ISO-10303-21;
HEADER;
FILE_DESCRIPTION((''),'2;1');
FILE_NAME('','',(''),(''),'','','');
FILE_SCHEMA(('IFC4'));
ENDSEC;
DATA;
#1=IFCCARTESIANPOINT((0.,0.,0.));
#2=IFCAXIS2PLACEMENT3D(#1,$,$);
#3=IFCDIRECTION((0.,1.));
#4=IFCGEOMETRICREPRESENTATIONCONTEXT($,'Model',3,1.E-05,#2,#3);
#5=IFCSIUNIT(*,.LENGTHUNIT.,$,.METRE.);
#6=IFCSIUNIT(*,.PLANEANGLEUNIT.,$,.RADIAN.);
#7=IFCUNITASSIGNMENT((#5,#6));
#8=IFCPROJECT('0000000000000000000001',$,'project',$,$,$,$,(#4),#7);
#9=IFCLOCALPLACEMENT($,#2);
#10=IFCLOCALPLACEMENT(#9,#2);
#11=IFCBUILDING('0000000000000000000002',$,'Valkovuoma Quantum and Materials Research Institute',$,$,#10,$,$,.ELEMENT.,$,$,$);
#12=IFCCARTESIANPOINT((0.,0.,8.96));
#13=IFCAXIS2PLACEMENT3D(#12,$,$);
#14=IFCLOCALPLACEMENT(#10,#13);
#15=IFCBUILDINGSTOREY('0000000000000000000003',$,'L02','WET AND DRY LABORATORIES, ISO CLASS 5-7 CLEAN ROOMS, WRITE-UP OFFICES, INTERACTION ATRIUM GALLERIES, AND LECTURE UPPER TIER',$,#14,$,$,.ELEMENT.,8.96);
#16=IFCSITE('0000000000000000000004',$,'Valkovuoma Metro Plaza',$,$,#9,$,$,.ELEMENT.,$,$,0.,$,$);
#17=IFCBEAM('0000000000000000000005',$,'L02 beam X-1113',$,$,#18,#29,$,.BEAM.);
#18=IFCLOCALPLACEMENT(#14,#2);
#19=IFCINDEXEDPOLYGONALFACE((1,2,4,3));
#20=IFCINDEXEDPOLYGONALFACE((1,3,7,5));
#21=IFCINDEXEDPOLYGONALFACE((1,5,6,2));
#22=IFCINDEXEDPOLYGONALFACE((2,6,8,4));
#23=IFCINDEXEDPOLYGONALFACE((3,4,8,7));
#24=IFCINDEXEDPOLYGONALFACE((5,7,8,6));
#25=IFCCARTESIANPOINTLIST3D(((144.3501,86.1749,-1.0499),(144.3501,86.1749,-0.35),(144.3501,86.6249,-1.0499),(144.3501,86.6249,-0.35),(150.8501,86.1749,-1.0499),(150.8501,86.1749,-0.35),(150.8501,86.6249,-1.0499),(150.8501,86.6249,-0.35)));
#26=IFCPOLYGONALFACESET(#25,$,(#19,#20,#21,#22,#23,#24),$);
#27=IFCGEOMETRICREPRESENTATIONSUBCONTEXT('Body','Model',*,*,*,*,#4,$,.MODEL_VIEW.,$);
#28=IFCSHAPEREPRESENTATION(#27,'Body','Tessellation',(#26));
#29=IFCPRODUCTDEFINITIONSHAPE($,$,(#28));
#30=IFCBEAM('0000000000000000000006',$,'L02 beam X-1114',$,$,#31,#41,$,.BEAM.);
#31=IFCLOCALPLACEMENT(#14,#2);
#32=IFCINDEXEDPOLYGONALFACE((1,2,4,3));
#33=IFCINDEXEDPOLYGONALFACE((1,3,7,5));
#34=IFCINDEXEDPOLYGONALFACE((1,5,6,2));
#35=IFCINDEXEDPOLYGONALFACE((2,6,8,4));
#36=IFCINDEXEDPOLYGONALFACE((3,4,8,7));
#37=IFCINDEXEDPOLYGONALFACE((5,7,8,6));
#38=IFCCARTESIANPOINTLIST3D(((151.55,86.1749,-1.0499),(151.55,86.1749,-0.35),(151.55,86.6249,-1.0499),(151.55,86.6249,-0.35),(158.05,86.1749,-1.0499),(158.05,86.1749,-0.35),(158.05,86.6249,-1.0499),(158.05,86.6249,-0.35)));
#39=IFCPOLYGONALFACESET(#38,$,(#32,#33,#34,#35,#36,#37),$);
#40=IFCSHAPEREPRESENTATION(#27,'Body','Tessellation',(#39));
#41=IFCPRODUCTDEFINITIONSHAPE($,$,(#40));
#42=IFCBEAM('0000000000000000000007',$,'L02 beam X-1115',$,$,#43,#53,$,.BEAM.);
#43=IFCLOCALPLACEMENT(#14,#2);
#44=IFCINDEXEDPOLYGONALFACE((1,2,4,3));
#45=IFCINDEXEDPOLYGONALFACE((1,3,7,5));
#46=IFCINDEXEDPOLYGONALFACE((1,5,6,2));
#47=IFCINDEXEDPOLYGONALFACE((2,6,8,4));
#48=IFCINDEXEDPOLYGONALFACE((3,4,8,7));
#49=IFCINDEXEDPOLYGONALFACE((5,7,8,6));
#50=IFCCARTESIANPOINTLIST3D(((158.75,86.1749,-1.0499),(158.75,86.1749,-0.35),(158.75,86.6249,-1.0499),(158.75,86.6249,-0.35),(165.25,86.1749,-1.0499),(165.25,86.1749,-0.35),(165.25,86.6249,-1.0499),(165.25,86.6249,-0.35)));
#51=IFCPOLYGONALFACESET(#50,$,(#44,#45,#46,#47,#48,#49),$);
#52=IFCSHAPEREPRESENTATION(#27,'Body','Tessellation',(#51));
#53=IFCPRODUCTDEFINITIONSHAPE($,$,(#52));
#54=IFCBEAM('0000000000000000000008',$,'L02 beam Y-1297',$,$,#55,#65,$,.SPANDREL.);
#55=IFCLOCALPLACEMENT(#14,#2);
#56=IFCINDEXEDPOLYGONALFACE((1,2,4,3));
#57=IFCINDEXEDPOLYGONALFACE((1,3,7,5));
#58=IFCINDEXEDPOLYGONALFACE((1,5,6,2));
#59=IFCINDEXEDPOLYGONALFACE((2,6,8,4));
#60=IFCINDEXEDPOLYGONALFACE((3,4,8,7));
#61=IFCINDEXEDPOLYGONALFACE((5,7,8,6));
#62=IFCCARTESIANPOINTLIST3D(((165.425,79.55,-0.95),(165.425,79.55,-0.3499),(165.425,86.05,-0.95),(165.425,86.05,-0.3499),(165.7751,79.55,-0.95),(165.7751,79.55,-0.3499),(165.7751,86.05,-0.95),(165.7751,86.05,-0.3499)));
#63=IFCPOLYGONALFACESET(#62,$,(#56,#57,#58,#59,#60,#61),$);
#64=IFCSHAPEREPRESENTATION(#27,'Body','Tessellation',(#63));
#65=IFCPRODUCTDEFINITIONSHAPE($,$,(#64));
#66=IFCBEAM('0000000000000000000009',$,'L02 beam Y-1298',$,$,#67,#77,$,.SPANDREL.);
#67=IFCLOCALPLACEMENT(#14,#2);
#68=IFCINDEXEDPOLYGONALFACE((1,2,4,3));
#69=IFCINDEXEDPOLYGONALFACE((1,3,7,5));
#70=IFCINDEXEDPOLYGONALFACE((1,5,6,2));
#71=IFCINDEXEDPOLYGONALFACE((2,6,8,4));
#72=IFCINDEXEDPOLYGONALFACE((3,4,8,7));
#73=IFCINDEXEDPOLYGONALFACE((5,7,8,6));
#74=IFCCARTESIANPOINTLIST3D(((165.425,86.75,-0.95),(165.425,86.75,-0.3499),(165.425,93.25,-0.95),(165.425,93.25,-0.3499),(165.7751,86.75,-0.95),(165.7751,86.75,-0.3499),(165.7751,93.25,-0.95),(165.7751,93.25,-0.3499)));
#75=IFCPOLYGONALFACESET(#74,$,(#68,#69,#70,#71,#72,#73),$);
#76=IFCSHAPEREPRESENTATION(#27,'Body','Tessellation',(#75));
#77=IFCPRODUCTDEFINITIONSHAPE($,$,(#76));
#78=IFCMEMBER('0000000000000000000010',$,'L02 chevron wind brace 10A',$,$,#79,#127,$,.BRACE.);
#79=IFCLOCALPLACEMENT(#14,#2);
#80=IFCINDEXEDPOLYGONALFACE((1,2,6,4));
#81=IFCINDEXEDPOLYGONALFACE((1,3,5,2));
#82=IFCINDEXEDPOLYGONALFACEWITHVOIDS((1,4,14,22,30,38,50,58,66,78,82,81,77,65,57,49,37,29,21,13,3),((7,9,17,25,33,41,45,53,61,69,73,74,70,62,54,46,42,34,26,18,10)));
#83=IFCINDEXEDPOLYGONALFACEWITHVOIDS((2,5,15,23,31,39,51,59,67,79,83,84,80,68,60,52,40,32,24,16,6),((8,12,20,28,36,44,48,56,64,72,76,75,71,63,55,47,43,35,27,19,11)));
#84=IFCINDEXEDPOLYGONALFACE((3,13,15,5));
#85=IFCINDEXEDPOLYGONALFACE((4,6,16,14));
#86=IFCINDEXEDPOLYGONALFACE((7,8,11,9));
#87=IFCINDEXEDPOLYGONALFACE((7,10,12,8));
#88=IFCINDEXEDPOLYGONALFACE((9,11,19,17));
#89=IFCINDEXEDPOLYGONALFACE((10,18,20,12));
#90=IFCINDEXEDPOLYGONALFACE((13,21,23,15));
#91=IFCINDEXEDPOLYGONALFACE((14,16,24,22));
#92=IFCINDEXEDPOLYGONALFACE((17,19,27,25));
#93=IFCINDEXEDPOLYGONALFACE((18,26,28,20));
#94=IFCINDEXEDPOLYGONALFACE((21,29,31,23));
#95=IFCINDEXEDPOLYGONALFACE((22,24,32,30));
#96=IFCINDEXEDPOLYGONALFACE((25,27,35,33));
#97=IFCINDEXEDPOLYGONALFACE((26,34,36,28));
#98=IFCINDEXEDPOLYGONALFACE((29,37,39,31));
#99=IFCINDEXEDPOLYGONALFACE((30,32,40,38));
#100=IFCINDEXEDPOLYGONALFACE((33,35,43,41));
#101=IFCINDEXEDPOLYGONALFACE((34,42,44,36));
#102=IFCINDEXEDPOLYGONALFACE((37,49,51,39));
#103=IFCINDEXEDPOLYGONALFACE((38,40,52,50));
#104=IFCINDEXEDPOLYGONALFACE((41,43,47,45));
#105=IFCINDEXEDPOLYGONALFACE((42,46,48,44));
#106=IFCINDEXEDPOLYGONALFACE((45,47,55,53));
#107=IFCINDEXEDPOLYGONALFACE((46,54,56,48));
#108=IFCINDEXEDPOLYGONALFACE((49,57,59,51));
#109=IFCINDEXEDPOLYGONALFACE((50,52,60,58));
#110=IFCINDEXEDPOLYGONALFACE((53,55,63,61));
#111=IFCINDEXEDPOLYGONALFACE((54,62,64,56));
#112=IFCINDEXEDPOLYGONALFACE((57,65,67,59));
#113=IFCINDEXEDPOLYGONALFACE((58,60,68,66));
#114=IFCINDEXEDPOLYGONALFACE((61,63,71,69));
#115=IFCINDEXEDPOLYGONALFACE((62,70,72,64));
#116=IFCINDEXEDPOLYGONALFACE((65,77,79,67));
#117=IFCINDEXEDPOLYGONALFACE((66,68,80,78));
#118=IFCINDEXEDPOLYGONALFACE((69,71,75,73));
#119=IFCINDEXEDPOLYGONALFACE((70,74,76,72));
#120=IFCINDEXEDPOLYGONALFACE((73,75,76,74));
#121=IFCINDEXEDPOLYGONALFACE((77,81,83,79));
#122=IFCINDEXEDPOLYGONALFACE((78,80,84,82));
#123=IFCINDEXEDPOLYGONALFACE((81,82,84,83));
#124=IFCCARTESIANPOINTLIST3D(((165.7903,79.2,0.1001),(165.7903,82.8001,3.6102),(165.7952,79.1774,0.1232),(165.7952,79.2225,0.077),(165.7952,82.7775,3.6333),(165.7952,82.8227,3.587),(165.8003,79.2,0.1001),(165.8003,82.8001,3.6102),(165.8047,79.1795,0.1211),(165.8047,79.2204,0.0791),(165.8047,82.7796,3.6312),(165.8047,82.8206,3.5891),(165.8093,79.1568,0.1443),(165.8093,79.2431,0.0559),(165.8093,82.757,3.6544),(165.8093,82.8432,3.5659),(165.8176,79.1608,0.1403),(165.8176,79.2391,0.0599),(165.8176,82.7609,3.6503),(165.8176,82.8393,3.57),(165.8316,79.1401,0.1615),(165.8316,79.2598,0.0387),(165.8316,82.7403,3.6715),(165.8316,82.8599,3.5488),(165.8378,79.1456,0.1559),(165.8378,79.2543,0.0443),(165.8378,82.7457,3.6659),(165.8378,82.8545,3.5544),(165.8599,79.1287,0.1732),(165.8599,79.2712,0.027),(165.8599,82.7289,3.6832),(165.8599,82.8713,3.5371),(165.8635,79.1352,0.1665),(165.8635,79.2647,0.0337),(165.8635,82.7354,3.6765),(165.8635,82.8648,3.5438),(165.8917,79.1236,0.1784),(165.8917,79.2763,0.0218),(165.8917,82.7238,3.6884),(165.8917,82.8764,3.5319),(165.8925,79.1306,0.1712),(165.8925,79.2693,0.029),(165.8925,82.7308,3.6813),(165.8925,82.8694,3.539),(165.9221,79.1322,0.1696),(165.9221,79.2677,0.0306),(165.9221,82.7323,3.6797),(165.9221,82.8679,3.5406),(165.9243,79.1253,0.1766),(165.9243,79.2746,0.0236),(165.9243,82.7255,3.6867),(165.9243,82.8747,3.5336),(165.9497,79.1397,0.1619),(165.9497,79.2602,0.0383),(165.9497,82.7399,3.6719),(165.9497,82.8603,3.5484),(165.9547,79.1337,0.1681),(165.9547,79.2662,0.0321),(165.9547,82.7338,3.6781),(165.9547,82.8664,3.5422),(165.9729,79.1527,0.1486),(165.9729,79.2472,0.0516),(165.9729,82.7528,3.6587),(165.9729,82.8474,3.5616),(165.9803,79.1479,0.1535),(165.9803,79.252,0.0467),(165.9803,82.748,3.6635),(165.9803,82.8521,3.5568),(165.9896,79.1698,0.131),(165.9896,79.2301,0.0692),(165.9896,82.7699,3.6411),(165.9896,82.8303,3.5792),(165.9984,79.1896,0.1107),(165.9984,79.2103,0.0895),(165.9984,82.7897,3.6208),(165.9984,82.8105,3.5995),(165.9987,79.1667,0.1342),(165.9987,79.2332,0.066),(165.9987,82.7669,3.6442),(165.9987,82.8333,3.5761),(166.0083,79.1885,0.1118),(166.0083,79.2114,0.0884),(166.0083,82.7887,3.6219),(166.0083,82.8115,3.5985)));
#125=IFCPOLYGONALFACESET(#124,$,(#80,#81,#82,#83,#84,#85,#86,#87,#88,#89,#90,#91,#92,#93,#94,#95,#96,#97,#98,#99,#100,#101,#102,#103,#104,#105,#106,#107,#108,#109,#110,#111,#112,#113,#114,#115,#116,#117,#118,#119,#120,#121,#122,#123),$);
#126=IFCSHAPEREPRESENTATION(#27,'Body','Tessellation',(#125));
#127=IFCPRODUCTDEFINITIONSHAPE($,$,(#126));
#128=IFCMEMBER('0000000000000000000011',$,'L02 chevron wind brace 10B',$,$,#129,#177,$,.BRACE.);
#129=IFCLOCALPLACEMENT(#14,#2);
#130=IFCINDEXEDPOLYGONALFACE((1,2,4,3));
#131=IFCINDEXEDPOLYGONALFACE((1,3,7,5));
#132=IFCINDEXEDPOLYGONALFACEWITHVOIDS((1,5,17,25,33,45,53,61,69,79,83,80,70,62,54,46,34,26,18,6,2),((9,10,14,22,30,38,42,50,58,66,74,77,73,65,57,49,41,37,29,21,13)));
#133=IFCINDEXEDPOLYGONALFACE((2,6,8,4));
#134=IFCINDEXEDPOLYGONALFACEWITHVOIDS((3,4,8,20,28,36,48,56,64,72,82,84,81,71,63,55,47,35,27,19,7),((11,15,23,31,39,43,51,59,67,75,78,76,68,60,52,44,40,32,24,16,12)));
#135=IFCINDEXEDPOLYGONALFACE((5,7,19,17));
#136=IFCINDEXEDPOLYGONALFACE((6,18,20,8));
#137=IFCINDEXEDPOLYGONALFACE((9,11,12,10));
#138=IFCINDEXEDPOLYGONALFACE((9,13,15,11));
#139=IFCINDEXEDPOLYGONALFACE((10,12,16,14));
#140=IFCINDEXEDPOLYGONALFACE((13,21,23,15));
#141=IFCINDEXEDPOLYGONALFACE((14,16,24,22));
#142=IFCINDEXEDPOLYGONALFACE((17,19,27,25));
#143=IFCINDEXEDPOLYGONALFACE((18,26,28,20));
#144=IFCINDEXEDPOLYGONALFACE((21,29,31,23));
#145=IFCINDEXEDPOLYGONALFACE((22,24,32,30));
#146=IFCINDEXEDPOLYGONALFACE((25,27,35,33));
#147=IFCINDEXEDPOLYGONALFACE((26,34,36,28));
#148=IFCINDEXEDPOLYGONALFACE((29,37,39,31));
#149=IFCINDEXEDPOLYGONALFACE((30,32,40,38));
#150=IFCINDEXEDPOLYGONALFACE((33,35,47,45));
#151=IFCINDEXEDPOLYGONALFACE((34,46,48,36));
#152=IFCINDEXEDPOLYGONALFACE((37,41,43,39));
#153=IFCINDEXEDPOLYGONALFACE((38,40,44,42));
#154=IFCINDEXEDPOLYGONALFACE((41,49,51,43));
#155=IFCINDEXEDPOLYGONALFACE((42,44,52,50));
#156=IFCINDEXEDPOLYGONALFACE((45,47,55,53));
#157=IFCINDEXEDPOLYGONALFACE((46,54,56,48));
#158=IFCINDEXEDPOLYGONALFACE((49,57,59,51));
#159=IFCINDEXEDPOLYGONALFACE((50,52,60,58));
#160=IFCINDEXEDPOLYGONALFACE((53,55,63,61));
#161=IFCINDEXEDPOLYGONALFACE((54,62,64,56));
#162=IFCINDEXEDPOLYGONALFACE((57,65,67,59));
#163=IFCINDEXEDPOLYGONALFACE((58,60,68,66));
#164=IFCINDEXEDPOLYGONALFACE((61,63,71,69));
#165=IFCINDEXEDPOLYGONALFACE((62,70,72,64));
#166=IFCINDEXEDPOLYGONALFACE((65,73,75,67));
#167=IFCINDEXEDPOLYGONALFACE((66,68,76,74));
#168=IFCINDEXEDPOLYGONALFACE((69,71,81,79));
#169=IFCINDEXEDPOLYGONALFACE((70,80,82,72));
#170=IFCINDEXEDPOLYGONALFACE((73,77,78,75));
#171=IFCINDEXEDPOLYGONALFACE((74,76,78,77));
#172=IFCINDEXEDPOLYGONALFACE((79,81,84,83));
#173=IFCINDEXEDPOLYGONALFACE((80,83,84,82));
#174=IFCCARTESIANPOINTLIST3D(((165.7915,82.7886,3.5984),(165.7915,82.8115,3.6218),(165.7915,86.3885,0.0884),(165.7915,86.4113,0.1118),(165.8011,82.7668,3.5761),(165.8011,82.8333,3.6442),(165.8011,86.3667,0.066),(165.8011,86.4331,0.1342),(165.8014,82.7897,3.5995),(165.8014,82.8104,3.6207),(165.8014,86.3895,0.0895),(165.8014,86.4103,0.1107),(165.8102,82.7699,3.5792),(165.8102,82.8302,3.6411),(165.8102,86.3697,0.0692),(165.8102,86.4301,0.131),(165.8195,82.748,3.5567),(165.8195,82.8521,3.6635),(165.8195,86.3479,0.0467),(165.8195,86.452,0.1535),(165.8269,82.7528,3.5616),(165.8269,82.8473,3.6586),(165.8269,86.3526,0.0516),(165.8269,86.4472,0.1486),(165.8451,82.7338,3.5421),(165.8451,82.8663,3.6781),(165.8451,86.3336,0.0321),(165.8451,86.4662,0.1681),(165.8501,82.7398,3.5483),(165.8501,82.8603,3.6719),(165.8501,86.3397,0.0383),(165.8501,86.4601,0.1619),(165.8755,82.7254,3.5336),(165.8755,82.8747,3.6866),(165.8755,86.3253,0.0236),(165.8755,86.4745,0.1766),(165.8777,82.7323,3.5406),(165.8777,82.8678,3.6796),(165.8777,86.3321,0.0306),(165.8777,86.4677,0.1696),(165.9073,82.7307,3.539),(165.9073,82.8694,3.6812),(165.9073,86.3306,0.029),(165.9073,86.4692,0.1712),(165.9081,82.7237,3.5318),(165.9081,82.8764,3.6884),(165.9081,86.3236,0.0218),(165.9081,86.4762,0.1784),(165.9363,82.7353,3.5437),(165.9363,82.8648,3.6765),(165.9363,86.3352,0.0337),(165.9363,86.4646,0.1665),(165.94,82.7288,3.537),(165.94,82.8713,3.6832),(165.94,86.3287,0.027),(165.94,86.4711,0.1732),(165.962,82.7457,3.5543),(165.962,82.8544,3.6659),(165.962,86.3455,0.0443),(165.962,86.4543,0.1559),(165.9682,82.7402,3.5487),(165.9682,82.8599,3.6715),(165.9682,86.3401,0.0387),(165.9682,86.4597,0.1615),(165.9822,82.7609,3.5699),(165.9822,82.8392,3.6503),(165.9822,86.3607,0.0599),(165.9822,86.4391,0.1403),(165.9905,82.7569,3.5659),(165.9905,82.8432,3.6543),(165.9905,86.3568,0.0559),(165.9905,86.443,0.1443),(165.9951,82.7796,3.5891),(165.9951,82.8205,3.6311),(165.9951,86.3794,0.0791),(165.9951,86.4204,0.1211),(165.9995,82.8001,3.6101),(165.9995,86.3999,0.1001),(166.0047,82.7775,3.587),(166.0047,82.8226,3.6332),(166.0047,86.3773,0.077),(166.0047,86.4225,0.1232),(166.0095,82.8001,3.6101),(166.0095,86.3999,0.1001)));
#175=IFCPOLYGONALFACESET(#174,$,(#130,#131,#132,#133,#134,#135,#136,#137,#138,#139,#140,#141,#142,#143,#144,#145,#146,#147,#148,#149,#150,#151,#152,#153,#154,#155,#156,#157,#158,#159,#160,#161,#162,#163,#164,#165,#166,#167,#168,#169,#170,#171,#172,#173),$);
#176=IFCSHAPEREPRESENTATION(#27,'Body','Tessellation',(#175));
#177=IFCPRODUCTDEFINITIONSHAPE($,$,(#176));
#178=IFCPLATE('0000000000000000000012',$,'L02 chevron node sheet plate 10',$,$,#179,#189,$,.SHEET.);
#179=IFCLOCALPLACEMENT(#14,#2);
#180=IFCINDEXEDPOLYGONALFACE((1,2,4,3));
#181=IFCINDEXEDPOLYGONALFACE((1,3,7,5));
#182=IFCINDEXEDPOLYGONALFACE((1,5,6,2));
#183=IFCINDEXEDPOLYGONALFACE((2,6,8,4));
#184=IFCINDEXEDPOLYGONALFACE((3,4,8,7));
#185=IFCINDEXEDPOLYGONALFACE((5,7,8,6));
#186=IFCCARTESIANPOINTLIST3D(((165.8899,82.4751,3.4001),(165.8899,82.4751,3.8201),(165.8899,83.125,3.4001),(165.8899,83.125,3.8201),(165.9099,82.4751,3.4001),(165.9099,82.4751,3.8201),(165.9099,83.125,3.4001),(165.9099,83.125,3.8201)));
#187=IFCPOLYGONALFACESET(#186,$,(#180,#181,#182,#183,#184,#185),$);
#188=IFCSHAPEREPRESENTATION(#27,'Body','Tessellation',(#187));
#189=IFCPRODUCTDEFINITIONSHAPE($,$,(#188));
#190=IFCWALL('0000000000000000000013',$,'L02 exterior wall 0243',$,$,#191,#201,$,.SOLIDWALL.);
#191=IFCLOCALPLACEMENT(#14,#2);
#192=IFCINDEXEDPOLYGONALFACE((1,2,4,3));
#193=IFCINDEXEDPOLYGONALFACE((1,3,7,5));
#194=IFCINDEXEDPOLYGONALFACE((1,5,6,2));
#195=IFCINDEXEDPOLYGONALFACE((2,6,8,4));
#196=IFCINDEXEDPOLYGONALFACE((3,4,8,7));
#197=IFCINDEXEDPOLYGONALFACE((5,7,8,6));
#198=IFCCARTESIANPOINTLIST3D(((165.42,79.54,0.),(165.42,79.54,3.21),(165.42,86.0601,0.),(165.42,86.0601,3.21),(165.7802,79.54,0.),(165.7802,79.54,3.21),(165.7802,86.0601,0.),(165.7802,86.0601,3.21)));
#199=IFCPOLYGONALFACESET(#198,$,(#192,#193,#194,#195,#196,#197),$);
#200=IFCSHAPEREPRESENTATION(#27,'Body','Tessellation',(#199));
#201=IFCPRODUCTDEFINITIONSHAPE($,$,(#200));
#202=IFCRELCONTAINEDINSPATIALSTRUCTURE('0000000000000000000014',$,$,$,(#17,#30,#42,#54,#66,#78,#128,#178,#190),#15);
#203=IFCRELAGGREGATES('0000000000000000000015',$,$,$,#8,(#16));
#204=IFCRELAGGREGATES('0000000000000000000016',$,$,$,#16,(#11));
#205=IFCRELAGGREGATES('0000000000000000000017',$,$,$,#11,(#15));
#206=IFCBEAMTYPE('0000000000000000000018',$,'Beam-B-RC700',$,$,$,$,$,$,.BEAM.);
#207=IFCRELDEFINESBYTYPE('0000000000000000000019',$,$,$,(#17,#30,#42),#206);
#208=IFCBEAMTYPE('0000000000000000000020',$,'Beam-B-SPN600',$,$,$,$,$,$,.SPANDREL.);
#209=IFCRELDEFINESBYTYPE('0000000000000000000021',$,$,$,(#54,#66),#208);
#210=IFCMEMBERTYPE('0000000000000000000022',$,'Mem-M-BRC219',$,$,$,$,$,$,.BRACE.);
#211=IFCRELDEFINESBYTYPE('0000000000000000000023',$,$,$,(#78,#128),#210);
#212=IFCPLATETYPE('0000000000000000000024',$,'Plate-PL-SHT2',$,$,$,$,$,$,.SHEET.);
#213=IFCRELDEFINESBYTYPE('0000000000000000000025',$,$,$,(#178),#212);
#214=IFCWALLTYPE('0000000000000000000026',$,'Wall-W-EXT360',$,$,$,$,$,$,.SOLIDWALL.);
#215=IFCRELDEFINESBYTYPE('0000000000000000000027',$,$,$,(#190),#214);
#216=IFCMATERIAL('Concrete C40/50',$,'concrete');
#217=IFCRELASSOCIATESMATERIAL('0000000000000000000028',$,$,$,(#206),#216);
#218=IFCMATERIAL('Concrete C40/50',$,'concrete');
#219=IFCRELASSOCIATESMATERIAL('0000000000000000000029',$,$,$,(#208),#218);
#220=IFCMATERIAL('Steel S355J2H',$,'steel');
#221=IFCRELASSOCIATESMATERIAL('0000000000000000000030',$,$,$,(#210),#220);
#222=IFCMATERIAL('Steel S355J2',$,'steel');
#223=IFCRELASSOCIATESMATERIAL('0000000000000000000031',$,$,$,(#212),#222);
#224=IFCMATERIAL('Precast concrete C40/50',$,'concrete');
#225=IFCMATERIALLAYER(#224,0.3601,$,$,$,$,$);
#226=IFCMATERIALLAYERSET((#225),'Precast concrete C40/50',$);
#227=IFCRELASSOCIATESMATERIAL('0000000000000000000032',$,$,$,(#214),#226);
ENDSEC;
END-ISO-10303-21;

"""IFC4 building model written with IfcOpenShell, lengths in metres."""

from ifc_helpers import new_model, si_unit, direction, frame, frame_2d, origin, origin_2d, place, context, subcontext, project, spatial, rectangle, hollow_circle, extrude, material, layer, layer_set, material_profile, profile_set, type_object, element, save


model = new_model("IFC4")

# Units and contexts
model_context = context("Model", 3, precision=1e-05, world=origin(), true_north=direction((0.0, 1.0)))
body_context = subcontext(model_context, "Body", "Model", "MODEL_VIEW")
ifc_project = project(units=[si_unit("LENGTHUNIT", "METRE"), si_unit("PLANEANGLEUNIT", "RADIAN")], contexts=[model_context])

# Site, building, storey
site_placement = place(None, origin())
site = spatial("IfcSite", under=ifc_project, at=site_placement, Name="Valkovuoma Metro Plaza", CompositionType="ELEMENT", RefElevation=0.0)
building_placement = place(site_placement, origin())
building = spatial("IfcBuilding", under=site, at=building_placement, Name="Valkovuoma Quantum and Materials Research Institute", CompositionType="ELEMENT")
storey_placement = place(building_placement, frame((0.0, 0.0, 8.96)))
storey = spatial("IfcBuildingStorey", under=building, at=storey_placement, Name="L02", Description="WET AND DRY LABORATORIES, ISO CLASS 5-7 CLEAN ROOMS, WRITE-UP OFFICES, INTERACTION ATRIUM GALLERIES, AND LECTURE UPPER TIER", CompositionType="ELEMENT", Elevation=8.96)

# Beams
ifc_material_1 = material(Name="Concrete C40/50", Category="concrete")
ifc_material_profile_1 = material_profile(ifc_material_1, rectangle(XDim=0.45, YDim=0.7, at=origin_2d()), Name="Concrete C40/50")
ifc_profile_set_1 = profile_set([ifc_material_profile_1], Name="Concrete C40/50")
beam_type_1 = type_object("IfcBeamType", Name="Beam-B-RC700", PredefinedType="BEAM", material=ifc_profile_set_1)
for number, where, z_axis, x_axis, name in (
    (1, (144.3501, 86.3999, -0.7), (1.0, 0.0, 0.0), (0.0, 1.0, 0.0), "L02 beam X-1113"),
    (2, (151.55, 86.3999, -0.7), (1.0, 0.0, 0.0), (0.0, 1.0, 0.0), "L02 beam X-1114"),
    (3, (158.75, 86.3999, -0.7), (1.0, 0.0, 0.0), (0.0, 1.0, 0.0), "L02 beam X-1115"),
):
    element("IfcBeam", number, at=place(storey_placement, frame(where, z_axis=z_axis, x_axis=x_axis)), inside=storey, type_object=beam_type_1, Name=name, PredefinedType="BEAM", context=body_context, shape_type="SweptSolid", body=[
        extrude(rectangle(XDim=0.45, YDim=0.7, at=origin_2d()), origin(), (0.0, 0.0, 1.0), 6.5),
    ])
ifc_material_2 = material(Name="Concrete C40/50", Category="concrete")
ifc_material_profile_2 = material_profile(ifc_material_2, rectangle(XDim=0.3501, YDim=0.6001, at=origin_2d()), Name="Concrete C40/50")
ifc_profile_set_2 = profile_set([ifc_material_profile_2], Name="Concrete C40/50")
beam_type_2 = type_object("IfcBeamType", Name="Beam-B-SPN600", PredefinedType="SPANDREL", material=ifc_profile_set_2)
for number, where, z_axis, x_axis, name in (
    (4, (165.6001, 79.55, -0.6499), (0.0, 1.0, 0.0), (-1.0, 0.0, 0.0), "L02 beam Y-1297"),
    (5, (165.6001, 86.75, -0.6499), (0.0, 1.0, 0.0), (-1.0, 0.0, 0.0), "L02 beam Y-1298"),
):
    element("IfcBeam", number, at=place(storey_placement, frame(where, z_axis=z_axis, x_axis=x_axis)), inside=storey, type_object=beam_type_2, Name=name, PredefinedType="SPANDREL", context=body_context, shape_type="SweptSolid", body=[
        extrude(rectangle(XDim=0.3501, YDim=0.6001, at=origin_2d()), origin(), (0.0, 0.0, 1.0), 6.5),
    ])

# Members
ifc_material_3 = material(Name="Steel S355J2H", Category="steel")
ifc_material_profile_3 = material_profile(ifc_material_3, hollow_circle(Radius=0.1096, WallThickness=0.01, at=origin_2d()), Name="Steel S355J2H")
ifc_profile_set_3 = profile_set([ifc_material_profile_3], Name="Steel S355J2H")
member_type = type_object("IfcMemberType", Name="Mem-M-BRC219", PredefinedType="BRACE", material=ifc_profile_set_3)
member_1_placement = place(storey_placement, frame((165.8999, 79.2, 0.1001), z_axis=(0.0, 0.716009, 0.698091), x_axis=(-1.0, 0.0, 0.0)))
element("IfcMember", 6, at=member_1_placement, inside=storey, type_object=member_type, Name="L02 chevron wind brace 10A", PredefinedType="BRACE", context=body_context, shape_type="SweptSolid", body=[
    extrude(hollow_circle(Radius=0.1096, WallThickness=0.01, at=origin_2d()), origin(), (0.0, 0.0, 1.0), 5.0281),
])
member_2_placement = place(storey_placement, frame((165.8999, 86.3999, 0.1001), z_axis=(0.0, -0.715985, 0.698116), x_axis=(1.0, 0.0, 0.0)))
element("IfcMember", 7, at=member_2_placement, inside=storey, type_object=member_type, Name="L02 chevron wind brace 10B", PredefinedType="BRACE", context=body_context, shape_type="SweptSolid", body=[
    extrude(hollow_circle(Radius=0.1096, WallThickness=0.01, at=origin_2d()), origin(), (0.0, 0.0, 1.0), 5.0278),
])

# Plate
ifc_material_4 = material(Name="Steel S355J2", Category="steel")
plate_type = type_object("IfcPlateType", Name="Plate-PL-SHT2", PredefinedType="SHEET", material=ifc_material_4)
plate_placement = place(storey_placement, frame((165.8999, 82.8, 3.4001), z_axis=(0.0, 0.0, 1.0), x_axis=(0.0, 1.0, 0.0)))
element("IfcPlate", 8, at=plate_placement, inside=storey, type_object=plate_type, Name="L02 chevron node sheet plate 10", PredefinedType="SHEET", context=body_context, shape_type="SweptSolid", body=[
    extrude(rectangle(XDim=0.6499, YDim=0.02, at=origin_2d()), origin(), (0.0, 0.0, 1.0), 0.4199),
])

# Wall
ifc_material_5 = material(Name="Precast concrete C40/50", Category="concrete")
ifc_layer_1 = layer(ifc_material_5, 0.3601)
ifc_layer_set_1 = layer_set([ifc_layer_1], Name="Precast concrete C40/50")
wall_type_1 = type_object("IfcWallType", Name="Wall-W-EXT360", PredefinedType="SOLIDWALL", material=ifc_layer_set_1)
wall_1_placement = place(storey_placement, frame((165.6001, 79.54, 0.0), z_axis=(0.0, 0.0, 1.0), x_axis=(0.0, 1.0, 0.0)))
element("IfcWall", 9, at=wall_1_placement, inside=storey, type_object=wall_type_1, Name="L02 exterior wall 0243", PredefinedType="SOLIDWALL", context=body_context, shape_type="SweptSolid", body=[
    extrude(rectangle(XDim=6.52, YDim=0.3601, at=frame_2d((3.26, 0.0))), origin(), (0.0, 0.0, 1.0), 3.21),
])

save(model, "model.ifc")
